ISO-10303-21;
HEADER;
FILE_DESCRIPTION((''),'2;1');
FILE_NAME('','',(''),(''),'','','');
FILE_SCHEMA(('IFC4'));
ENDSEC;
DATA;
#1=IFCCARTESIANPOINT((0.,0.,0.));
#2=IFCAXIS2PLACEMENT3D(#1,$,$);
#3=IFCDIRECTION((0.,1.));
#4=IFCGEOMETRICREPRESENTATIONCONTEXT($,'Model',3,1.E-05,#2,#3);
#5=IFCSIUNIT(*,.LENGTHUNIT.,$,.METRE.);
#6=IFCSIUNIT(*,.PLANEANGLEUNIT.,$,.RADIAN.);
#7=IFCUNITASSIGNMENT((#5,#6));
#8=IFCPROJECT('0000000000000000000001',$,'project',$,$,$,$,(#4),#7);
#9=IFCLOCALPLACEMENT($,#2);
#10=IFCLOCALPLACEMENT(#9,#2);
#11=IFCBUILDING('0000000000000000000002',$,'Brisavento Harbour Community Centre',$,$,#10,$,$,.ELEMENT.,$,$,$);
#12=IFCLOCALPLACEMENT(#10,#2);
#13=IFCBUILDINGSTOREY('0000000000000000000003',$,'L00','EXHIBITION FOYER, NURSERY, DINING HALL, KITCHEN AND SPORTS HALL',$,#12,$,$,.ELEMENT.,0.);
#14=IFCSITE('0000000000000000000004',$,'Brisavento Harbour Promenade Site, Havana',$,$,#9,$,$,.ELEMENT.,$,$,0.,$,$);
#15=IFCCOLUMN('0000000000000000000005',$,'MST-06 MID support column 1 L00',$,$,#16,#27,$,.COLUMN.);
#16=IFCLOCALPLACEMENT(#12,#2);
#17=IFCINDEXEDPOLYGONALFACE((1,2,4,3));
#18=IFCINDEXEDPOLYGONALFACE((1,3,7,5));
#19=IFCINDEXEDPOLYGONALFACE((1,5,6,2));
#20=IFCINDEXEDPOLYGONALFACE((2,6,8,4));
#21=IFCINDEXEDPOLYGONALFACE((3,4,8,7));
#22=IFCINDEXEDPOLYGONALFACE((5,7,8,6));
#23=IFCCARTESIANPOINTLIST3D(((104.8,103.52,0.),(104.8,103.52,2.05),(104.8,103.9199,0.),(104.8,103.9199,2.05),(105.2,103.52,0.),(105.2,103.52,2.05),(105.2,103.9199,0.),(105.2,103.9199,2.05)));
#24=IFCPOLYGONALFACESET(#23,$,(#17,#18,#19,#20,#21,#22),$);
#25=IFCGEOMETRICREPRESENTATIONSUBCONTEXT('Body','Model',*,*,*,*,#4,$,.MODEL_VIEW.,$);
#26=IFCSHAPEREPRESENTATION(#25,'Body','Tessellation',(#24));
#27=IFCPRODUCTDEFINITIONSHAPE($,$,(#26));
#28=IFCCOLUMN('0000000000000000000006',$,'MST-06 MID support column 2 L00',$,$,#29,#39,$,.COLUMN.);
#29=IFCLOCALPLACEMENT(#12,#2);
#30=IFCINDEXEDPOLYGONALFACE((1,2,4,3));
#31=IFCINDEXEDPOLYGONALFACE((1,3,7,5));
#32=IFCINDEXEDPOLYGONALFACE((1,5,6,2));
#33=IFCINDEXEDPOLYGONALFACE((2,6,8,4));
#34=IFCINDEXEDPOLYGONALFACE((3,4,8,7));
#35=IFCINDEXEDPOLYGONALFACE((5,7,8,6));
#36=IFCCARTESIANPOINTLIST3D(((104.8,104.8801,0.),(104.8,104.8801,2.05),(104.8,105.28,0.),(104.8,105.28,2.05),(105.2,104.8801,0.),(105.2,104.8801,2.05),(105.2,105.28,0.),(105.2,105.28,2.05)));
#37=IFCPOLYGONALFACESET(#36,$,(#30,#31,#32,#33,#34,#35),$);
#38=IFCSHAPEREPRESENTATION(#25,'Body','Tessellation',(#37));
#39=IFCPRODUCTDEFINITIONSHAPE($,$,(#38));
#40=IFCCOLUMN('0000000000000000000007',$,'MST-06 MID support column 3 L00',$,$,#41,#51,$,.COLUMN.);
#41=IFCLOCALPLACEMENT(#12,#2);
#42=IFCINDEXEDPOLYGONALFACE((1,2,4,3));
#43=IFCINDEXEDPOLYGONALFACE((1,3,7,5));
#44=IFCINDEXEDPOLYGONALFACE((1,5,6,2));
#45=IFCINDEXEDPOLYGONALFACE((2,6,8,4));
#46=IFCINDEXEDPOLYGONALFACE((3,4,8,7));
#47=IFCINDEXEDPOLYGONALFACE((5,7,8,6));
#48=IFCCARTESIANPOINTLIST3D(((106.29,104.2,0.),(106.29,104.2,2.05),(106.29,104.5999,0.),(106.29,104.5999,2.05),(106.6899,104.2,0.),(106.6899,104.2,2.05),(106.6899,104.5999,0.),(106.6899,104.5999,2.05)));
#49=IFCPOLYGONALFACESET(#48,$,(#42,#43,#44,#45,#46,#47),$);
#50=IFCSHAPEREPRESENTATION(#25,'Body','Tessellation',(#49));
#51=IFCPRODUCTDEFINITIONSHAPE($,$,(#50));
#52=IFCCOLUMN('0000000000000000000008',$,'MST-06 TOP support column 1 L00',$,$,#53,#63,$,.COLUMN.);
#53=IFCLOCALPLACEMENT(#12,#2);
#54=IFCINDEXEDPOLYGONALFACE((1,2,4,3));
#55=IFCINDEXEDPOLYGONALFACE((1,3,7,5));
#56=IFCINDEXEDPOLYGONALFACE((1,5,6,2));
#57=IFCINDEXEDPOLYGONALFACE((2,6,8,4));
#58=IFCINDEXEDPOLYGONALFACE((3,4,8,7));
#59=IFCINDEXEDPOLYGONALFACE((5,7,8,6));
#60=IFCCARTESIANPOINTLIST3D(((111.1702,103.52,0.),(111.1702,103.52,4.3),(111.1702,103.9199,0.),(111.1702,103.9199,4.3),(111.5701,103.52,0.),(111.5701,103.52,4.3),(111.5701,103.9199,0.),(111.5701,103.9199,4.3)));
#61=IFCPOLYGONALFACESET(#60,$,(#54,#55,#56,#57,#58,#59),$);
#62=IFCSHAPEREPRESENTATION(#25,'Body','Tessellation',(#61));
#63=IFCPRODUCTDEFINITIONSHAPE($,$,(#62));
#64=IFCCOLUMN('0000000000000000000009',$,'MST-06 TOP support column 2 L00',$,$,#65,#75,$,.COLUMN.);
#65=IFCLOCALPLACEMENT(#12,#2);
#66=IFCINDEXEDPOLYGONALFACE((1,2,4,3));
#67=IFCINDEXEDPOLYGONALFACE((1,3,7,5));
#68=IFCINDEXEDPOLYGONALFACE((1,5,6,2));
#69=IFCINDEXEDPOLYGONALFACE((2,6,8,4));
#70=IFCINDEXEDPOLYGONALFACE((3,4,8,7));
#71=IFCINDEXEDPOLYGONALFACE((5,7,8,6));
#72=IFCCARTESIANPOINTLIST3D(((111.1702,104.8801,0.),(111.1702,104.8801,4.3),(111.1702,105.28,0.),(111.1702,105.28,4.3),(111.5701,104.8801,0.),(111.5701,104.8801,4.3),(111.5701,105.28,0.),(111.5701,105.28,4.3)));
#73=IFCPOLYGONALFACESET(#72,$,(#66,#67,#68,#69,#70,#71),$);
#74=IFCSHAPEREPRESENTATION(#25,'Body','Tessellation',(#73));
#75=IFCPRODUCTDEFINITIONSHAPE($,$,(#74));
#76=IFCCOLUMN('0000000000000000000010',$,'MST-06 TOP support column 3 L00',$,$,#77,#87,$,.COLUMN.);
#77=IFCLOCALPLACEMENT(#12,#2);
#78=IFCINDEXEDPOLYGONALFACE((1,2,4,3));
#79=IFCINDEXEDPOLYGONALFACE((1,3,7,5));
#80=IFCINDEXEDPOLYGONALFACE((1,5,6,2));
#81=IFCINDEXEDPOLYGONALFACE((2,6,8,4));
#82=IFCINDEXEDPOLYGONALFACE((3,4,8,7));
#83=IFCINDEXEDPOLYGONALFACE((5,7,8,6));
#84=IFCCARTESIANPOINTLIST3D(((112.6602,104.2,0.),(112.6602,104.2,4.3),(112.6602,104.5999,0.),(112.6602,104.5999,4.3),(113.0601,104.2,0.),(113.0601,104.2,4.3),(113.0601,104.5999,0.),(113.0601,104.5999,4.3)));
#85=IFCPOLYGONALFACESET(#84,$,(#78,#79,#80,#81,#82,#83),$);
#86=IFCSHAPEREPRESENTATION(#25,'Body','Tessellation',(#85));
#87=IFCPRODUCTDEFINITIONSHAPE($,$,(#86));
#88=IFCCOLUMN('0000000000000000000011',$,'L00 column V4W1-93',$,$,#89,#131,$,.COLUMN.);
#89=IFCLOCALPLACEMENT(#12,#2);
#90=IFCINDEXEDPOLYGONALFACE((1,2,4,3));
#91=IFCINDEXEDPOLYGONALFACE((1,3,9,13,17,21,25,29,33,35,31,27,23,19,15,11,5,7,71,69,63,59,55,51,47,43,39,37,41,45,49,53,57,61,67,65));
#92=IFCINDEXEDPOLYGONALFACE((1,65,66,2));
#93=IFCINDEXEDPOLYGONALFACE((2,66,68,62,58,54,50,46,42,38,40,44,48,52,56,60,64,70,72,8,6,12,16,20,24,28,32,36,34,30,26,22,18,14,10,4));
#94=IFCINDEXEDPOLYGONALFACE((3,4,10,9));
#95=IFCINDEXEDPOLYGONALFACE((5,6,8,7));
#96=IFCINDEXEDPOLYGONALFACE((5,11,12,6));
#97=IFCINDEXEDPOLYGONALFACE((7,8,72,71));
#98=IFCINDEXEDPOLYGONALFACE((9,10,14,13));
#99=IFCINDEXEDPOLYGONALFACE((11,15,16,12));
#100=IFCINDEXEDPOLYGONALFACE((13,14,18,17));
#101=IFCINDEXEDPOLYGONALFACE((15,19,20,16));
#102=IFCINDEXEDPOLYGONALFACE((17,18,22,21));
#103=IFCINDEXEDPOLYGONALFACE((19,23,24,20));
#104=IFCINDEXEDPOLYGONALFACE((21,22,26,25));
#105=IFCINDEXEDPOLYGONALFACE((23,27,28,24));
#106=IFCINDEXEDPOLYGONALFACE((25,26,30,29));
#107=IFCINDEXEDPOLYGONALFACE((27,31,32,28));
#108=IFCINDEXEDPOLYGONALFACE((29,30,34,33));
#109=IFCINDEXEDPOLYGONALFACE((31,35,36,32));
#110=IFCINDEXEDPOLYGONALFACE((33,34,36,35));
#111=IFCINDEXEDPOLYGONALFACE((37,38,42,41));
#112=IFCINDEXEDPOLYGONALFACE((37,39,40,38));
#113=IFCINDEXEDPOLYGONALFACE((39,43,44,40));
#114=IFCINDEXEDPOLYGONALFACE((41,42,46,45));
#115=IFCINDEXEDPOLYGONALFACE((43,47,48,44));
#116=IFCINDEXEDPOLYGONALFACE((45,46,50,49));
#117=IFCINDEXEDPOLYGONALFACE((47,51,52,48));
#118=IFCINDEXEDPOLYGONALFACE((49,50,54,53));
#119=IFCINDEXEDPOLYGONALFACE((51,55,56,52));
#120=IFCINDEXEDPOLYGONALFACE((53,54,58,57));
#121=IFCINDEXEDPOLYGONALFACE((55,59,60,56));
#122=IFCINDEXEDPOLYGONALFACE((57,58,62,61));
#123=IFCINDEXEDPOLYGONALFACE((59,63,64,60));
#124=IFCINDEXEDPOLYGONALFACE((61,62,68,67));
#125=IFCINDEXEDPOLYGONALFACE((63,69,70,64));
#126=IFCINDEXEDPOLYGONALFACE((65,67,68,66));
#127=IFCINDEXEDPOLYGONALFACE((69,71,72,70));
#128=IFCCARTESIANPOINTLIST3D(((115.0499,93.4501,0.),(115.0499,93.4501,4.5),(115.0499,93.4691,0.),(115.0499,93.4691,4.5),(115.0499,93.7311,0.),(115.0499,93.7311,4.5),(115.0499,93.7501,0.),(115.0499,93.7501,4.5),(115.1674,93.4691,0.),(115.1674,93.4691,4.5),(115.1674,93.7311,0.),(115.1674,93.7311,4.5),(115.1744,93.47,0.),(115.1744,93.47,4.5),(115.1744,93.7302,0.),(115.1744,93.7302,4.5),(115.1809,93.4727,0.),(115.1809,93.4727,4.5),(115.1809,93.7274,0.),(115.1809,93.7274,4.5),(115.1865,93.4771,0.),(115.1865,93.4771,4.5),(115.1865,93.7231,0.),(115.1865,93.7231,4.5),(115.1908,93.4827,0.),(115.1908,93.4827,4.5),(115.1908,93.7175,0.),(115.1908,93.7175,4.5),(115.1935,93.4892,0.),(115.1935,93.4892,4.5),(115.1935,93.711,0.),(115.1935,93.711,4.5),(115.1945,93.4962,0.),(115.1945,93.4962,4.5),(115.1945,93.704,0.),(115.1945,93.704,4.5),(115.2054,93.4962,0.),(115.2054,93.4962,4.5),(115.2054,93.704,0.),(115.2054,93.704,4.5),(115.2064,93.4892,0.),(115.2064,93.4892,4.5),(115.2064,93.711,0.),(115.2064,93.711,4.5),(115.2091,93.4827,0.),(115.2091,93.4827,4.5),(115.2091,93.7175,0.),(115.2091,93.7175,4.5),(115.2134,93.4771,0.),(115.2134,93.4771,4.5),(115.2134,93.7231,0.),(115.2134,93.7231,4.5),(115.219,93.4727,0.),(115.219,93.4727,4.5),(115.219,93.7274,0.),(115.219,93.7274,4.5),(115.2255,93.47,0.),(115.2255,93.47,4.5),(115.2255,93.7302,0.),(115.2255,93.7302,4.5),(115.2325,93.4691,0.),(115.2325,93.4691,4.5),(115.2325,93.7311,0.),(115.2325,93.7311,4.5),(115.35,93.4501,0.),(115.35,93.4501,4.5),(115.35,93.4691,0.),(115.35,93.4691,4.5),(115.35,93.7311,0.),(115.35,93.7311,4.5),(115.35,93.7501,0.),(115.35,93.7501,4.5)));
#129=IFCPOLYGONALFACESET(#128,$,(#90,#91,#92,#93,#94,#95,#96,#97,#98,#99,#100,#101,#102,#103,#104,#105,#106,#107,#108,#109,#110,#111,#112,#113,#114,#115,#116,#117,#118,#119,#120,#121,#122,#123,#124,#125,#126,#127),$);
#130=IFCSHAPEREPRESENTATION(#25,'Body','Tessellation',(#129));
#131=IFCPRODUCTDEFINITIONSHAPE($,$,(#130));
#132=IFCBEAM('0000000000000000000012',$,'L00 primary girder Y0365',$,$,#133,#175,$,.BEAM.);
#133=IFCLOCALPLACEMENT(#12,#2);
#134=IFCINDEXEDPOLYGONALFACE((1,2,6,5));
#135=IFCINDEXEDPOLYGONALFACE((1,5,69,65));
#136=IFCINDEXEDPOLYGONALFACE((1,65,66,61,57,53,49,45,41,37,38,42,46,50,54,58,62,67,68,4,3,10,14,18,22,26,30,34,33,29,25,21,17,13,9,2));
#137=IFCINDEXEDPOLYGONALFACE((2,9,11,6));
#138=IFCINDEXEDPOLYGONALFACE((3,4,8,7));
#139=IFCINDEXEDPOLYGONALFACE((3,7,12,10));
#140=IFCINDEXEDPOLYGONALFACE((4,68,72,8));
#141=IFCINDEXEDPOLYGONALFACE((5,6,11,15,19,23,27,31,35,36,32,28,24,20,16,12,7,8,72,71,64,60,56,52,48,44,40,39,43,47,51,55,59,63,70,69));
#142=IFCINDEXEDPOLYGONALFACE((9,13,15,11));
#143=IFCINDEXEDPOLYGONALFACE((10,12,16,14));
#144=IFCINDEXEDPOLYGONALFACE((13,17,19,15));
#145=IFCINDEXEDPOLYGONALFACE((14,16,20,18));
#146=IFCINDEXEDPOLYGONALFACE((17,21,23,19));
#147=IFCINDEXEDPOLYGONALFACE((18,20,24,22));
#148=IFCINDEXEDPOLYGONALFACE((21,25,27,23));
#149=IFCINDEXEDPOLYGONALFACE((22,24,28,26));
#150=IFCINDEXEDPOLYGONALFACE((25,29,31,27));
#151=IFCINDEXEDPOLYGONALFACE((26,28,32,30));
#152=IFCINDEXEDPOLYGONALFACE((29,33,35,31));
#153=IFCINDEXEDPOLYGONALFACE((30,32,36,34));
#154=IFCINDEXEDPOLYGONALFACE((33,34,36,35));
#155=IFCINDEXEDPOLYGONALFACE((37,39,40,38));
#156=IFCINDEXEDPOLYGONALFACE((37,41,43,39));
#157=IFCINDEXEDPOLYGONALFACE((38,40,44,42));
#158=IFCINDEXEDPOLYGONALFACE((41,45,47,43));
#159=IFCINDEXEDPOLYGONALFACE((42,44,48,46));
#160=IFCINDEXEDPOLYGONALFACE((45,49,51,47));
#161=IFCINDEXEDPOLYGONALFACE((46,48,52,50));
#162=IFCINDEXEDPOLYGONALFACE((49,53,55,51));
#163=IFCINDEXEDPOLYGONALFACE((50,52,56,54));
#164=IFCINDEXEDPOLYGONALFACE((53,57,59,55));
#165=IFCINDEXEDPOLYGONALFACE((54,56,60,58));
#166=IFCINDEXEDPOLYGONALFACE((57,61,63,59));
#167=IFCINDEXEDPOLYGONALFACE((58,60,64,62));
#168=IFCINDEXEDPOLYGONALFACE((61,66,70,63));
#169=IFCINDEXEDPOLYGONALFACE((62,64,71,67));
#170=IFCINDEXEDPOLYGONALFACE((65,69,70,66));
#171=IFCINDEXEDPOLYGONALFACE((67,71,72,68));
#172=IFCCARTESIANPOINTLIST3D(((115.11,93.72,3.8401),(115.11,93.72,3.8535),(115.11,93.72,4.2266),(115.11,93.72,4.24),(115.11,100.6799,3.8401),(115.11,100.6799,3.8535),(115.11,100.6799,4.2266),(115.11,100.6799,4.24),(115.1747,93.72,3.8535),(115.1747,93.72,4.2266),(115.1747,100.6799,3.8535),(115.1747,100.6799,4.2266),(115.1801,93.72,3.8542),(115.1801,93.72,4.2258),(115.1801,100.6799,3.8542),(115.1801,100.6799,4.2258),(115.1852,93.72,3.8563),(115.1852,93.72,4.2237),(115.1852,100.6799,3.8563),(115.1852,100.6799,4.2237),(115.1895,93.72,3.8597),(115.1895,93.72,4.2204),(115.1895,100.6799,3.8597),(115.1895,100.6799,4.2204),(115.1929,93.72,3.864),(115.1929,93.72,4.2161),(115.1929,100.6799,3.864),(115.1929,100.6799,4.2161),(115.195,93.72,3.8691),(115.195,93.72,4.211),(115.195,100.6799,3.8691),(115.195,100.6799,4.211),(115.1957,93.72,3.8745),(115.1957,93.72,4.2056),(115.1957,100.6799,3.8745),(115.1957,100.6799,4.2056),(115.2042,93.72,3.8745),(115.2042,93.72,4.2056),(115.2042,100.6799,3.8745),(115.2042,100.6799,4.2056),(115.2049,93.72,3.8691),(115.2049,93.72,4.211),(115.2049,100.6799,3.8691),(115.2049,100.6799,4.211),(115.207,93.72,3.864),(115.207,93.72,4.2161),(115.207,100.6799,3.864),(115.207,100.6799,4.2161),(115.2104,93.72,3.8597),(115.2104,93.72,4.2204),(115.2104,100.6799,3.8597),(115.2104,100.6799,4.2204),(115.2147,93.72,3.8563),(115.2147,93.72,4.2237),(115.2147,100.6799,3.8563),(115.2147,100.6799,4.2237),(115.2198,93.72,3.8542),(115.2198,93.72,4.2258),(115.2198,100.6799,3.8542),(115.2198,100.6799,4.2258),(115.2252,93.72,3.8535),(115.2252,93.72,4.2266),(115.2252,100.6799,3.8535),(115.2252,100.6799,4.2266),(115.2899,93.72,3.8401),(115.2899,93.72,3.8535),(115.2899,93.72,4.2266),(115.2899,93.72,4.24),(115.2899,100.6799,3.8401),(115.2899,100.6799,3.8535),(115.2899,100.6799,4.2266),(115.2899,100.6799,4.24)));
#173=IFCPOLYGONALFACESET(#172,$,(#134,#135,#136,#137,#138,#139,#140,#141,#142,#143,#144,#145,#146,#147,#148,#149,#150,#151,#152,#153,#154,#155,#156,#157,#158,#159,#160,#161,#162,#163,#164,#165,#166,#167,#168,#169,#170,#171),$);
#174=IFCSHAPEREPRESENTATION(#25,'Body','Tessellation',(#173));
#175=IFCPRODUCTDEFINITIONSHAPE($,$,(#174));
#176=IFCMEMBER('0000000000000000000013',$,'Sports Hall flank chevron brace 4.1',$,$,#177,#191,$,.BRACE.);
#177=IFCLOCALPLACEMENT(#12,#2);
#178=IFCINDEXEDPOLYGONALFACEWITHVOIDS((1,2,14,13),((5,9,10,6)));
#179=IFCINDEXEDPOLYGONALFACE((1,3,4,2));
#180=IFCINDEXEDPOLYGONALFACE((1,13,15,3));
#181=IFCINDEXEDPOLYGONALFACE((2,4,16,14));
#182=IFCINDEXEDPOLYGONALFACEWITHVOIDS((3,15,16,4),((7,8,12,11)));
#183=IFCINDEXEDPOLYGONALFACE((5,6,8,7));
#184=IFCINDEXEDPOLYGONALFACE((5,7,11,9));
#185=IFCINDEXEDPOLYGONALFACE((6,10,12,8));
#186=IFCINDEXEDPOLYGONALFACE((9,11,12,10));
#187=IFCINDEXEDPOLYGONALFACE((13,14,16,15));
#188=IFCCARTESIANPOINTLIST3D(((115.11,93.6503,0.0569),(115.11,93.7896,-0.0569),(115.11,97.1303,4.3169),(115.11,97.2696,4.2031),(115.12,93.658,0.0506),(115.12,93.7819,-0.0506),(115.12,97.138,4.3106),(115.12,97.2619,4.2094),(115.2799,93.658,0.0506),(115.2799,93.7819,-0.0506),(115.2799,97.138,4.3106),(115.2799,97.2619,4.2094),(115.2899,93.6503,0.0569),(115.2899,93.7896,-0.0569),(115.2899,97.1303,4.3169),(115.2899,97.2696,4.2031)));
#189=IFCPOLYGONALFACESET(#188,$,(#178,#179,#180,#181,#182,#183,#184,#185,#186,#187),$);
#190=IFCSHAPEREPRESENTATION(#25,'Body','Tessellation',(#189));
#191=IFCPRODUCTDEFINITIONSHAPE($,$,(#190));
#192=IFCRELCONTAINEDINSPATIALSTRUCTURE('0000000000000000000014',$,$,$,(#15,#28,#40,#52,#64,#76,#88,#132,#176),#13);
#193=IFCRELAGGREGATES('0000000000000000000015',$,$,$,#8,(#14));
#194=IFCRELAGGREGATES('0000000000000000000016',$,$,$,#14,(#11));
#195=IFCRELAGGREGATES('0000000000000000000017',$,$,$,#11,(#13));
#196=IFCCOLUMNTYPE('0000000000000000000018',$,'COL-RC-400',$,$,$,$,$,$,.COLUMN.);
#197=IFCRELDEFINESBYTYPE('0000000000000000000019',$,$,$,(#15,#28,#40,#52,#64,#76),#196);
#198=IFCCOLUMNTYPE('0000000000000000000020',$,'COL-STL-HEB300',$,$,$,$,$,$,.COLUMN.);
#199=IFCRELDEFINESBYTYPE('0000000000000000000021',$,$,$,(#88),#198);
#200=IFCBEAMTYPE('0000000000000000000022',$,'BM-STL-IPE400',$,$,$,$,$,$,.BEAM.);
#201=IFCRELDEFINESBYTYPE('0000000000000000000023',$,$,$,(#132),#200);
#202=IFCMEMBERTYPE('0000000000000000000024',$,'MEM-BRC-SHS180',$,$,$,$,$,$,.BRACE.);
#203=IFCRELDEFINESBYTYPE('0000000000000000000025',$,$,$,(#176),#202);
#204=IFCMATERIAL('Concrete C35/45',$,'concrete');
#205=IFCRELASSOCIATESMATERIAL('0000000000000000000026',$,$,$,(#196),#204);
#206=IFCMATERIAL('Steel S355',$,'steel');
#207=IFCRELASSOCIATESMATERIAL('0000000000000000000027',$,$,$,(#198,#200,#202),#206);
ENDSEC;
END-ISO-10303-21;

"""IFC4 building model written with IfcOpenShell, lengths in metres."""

from ifc_helpers import new_model, si_unit, direction, frame, origin, origin_2d, place, context, subcontext, project, spatial, rectangle, hollow_rectangle, i_section, extrude, material, material_profile, profile_set, type_object, element, save


model = new_model("IFC4")

# Units and contexts
model_context = context("Model", 3, precision=1e-05, world=origin(), true_north=direction((0.0, 1.0)))
body_context = subcontext(model_context, "Body", "Model", "MODEL_VIEW")
ifc_project = project(units=[si_unit("LENGTHUNIT", "METRE"), si_unit("PLANEANGLEUNIT", "RADIAN")], contexts=[model_context])

# Site, building, storey
site_placement = place(None, origin())
site = spatial("IfcSite", under=ifc_project, at=site_placement, Name="Brisavento Harbour Promenade Site, Havana", CompositionType="ELEMENT", RefElevation=0.0)
building_placement = place(site_placement, origin())
building = spatial("IfcBuilding", under=site, at=building_placement, Name="Brisavento Harbour Community Centre", CompositionType="ELEMENT")
storey_placement = place(building_placement, origin())
storey = spatial("IfcBuildingStorey", under=building, at=storey_placement, Name="L00", Description="EXHIBITION FOYER, NURSERY, DINING HALL, KITCHEN AND SPORTS HALL", CompositionType="ELEMENT", Elevation=0.0)

# Columns
ifc_material_1 = material(Name="Concrete C35/45", Category="concrete")
ifc_material_profile_1 = material_profile(ifc_material_1, rectangle(XDim=0.3999, YDim=0.3999, at=origin_2d()), Name="Concrete C35/45")
ifc_profile_set_1 = profile_set([ifc_material_profile_1], Name="Concrete C35/45")
column_type_1 = type_object("IfcColumnType", Name="COL-RC-400", PredefinedType="COLUMN", material=ifc_profile_set_1)
for number, where, z_axis, x_axis, name in (
    (1, (105.0, 103.72, 0.0), (0.0, 0.0, 1.0), (1.0, 0.0, 0.0), "MST-06 MID support column 1 L00"),
    (2, (105.0, 105.0801, 0.0), (0.0, 0.0, 1.0), (1.0, 0.0, 0.0), "MST-06 MID support column 2 L00"),
    (3, (106.49, 104.3999, 0.0), (0.0, 0.0, 1.0), (1.0, 0.0, 0.0), "MST-06 MID support column 3 L00"),
):
    element("IfcColumn", number, at=place(storey_placement, frame(where, z_axis=z_axis, x_axis=x_axis)), inside=storey, type_object=column_type_1, Name=name, PredefinedType="COLUMN", context=body_context, shape_type="SweptSolid", body=[
        extrude(rectangle(XDim=0.3999, YDim=0.3999, at=origin_2d()), origin(), (0.0, 0.0, 1.0), 2.05),
    ])
for number, where, z_axis, x_axis, name in (
    (4, (111.3701, 103.72, 0.0), (0.0, 0.0, 1.0), (1.0, 0.0, 0.0), "MST-06 TOP support column 1 L00"),
    (5, (111.3701, 105.0801, 0.0), (0.0, 0.0, 1.0), (1.0, 0.0, 0.0), "MST-06 TOP support column 2 L00"),
    (6, (112.8601, 104.3999, 0.0), (0.0, 0.0, 1.0), (1.0, 0.0, 0.0), "MST-06 TOP support column 3 L00"),
):
    element("IfcColumn", number, at=place(storey_placement, frame(where, z_axis=z_axis, x_axis=x_axis)), inside=storey, type_object=column_type_1, Name=name, PredefinedType="COLUMN", context=body_context, shape_type="SweptSolid", body=[
        extrude(rectangle(XDim=0.3999, YDim=0.3999, at=origin_2d()), origin(), (0.0, 0.0, 1.0), 4.3),
    ])
ifc_material_2 = material(Name="Steel S355", Category="steel")
ifc_material_profile_2 = material_profile(ifc_material_2, i_section(OverallWidth=0.3, OverallDepth=0.3, WebThickness=0.011, FlangeThickness=0.019, FilletRadius=0.0271, at=origin_2d()), Name="Steel S355")
ifc_profile_set_2 = profile_set([ifc_material_profile_2], Name="Steel S355")
column_type_2 = type_object("IfcColumnType", Name="COL-STL-HEB300", PredefinedType="COLUMN", material=ifc_profile_set_2)
column_placement = place(storey_placement, frame((115.2, 93.6001, 0.0), z_axis=(0.0, 0.0, 1.0), x_axis=(1.0, 0.0, 0.0)))
element("IfcColumn", 7, at=column_placement, inside=storey, type_object=column_type_2, Name="L00 column V4W1-93", PredefinedType="COLUMN", context=body_context, shape_type="SweptSolid", body=[
    extrude(i_section(OverallWidth=0.3, OverallDepth=0.3, WebThickness=0.011, FlangeThickness=0.019, FilletRadius=0.0271, at=origin_2d()), origin(), (0.0, 0.0, 1.0), 4.5),
])

# Beam
ifc_material_profile_3 = material_profile(ifc_material_2, i_section(OverallWidth=0.1799, OverallDepth=0.3999, WebThickness=0.0085, FlangeThickness=0.0134, FilletRadius=0.021, at=origin_2d()), Name="Steel S355")
ifc_profile_set_3 = profile_set([ifc_material_profile_3], Name="Steel S355")
beam_type = type_object("IfcBeamType", Name="BM-STL-IPE400", PredefinedType="BEAM", material=ifc_profile_set_3)
beam_placement = place(storey_placement, frame((115.2, 93.72, 4.04), z_axis=(0.0, 1.0, 0.0), x_axis=(-1.0, 0.0, 0.0)))
element("IfcBeam", 8, at=beam_placement, inside=storey, type_object=beam_type, Name="L00 primary girder Y0365", PredefinedType="BEAM", context=body_context, shape_type="SweptSolid", body=[
    extrude(i_section(OverallWidth=0.1799, OverallDepth=0.3999, WebThickness=0.0085, FlangeThickness=0.0134, FilletRadius=0.021, at=origin_2d()), origin(), (0.0, 0.0, 1.0), 6.96),
])

# Member
ifc_material_profile_4 = material_profile(ifc_material_2, hollow_rectangle(XDim=0.1799, YDim=0.1799, WallThickness=0.01, at=origin_2d()), Name="Steel S355")
ifc_profile_set_4 = profile_set([ifc_material_profile_4], Name="Steel S355")
member_type = type_object("IfcMemberType", Name="MEM-BRC-SHS180", PredefinedType="BRACE", material=ifc_profile_set_4)
member_placement = place(storey_placement, frame((115.2, 93.72, 0.0), z_axis=(0.0, 0.632641, 0.774446), x_axis=(-1.0, 0.0, 0.0)))
element("IfcMember", 9, at=member_placement, inside=storey, type_object=member_type, Name="Sports Hall flank chevron brace 4.1", PredefinedType="BRACE", context=body_context, shape_type="SweptSolid", body=[
    extrude(hollow_rectangle(XDim=0.1799, YDim=0.1799, WallThickness=0.01, at=origin_2d()), origin(), (0.0, 0.0, 1.0), 5.5007),
])

save(model, "model.ifc")
